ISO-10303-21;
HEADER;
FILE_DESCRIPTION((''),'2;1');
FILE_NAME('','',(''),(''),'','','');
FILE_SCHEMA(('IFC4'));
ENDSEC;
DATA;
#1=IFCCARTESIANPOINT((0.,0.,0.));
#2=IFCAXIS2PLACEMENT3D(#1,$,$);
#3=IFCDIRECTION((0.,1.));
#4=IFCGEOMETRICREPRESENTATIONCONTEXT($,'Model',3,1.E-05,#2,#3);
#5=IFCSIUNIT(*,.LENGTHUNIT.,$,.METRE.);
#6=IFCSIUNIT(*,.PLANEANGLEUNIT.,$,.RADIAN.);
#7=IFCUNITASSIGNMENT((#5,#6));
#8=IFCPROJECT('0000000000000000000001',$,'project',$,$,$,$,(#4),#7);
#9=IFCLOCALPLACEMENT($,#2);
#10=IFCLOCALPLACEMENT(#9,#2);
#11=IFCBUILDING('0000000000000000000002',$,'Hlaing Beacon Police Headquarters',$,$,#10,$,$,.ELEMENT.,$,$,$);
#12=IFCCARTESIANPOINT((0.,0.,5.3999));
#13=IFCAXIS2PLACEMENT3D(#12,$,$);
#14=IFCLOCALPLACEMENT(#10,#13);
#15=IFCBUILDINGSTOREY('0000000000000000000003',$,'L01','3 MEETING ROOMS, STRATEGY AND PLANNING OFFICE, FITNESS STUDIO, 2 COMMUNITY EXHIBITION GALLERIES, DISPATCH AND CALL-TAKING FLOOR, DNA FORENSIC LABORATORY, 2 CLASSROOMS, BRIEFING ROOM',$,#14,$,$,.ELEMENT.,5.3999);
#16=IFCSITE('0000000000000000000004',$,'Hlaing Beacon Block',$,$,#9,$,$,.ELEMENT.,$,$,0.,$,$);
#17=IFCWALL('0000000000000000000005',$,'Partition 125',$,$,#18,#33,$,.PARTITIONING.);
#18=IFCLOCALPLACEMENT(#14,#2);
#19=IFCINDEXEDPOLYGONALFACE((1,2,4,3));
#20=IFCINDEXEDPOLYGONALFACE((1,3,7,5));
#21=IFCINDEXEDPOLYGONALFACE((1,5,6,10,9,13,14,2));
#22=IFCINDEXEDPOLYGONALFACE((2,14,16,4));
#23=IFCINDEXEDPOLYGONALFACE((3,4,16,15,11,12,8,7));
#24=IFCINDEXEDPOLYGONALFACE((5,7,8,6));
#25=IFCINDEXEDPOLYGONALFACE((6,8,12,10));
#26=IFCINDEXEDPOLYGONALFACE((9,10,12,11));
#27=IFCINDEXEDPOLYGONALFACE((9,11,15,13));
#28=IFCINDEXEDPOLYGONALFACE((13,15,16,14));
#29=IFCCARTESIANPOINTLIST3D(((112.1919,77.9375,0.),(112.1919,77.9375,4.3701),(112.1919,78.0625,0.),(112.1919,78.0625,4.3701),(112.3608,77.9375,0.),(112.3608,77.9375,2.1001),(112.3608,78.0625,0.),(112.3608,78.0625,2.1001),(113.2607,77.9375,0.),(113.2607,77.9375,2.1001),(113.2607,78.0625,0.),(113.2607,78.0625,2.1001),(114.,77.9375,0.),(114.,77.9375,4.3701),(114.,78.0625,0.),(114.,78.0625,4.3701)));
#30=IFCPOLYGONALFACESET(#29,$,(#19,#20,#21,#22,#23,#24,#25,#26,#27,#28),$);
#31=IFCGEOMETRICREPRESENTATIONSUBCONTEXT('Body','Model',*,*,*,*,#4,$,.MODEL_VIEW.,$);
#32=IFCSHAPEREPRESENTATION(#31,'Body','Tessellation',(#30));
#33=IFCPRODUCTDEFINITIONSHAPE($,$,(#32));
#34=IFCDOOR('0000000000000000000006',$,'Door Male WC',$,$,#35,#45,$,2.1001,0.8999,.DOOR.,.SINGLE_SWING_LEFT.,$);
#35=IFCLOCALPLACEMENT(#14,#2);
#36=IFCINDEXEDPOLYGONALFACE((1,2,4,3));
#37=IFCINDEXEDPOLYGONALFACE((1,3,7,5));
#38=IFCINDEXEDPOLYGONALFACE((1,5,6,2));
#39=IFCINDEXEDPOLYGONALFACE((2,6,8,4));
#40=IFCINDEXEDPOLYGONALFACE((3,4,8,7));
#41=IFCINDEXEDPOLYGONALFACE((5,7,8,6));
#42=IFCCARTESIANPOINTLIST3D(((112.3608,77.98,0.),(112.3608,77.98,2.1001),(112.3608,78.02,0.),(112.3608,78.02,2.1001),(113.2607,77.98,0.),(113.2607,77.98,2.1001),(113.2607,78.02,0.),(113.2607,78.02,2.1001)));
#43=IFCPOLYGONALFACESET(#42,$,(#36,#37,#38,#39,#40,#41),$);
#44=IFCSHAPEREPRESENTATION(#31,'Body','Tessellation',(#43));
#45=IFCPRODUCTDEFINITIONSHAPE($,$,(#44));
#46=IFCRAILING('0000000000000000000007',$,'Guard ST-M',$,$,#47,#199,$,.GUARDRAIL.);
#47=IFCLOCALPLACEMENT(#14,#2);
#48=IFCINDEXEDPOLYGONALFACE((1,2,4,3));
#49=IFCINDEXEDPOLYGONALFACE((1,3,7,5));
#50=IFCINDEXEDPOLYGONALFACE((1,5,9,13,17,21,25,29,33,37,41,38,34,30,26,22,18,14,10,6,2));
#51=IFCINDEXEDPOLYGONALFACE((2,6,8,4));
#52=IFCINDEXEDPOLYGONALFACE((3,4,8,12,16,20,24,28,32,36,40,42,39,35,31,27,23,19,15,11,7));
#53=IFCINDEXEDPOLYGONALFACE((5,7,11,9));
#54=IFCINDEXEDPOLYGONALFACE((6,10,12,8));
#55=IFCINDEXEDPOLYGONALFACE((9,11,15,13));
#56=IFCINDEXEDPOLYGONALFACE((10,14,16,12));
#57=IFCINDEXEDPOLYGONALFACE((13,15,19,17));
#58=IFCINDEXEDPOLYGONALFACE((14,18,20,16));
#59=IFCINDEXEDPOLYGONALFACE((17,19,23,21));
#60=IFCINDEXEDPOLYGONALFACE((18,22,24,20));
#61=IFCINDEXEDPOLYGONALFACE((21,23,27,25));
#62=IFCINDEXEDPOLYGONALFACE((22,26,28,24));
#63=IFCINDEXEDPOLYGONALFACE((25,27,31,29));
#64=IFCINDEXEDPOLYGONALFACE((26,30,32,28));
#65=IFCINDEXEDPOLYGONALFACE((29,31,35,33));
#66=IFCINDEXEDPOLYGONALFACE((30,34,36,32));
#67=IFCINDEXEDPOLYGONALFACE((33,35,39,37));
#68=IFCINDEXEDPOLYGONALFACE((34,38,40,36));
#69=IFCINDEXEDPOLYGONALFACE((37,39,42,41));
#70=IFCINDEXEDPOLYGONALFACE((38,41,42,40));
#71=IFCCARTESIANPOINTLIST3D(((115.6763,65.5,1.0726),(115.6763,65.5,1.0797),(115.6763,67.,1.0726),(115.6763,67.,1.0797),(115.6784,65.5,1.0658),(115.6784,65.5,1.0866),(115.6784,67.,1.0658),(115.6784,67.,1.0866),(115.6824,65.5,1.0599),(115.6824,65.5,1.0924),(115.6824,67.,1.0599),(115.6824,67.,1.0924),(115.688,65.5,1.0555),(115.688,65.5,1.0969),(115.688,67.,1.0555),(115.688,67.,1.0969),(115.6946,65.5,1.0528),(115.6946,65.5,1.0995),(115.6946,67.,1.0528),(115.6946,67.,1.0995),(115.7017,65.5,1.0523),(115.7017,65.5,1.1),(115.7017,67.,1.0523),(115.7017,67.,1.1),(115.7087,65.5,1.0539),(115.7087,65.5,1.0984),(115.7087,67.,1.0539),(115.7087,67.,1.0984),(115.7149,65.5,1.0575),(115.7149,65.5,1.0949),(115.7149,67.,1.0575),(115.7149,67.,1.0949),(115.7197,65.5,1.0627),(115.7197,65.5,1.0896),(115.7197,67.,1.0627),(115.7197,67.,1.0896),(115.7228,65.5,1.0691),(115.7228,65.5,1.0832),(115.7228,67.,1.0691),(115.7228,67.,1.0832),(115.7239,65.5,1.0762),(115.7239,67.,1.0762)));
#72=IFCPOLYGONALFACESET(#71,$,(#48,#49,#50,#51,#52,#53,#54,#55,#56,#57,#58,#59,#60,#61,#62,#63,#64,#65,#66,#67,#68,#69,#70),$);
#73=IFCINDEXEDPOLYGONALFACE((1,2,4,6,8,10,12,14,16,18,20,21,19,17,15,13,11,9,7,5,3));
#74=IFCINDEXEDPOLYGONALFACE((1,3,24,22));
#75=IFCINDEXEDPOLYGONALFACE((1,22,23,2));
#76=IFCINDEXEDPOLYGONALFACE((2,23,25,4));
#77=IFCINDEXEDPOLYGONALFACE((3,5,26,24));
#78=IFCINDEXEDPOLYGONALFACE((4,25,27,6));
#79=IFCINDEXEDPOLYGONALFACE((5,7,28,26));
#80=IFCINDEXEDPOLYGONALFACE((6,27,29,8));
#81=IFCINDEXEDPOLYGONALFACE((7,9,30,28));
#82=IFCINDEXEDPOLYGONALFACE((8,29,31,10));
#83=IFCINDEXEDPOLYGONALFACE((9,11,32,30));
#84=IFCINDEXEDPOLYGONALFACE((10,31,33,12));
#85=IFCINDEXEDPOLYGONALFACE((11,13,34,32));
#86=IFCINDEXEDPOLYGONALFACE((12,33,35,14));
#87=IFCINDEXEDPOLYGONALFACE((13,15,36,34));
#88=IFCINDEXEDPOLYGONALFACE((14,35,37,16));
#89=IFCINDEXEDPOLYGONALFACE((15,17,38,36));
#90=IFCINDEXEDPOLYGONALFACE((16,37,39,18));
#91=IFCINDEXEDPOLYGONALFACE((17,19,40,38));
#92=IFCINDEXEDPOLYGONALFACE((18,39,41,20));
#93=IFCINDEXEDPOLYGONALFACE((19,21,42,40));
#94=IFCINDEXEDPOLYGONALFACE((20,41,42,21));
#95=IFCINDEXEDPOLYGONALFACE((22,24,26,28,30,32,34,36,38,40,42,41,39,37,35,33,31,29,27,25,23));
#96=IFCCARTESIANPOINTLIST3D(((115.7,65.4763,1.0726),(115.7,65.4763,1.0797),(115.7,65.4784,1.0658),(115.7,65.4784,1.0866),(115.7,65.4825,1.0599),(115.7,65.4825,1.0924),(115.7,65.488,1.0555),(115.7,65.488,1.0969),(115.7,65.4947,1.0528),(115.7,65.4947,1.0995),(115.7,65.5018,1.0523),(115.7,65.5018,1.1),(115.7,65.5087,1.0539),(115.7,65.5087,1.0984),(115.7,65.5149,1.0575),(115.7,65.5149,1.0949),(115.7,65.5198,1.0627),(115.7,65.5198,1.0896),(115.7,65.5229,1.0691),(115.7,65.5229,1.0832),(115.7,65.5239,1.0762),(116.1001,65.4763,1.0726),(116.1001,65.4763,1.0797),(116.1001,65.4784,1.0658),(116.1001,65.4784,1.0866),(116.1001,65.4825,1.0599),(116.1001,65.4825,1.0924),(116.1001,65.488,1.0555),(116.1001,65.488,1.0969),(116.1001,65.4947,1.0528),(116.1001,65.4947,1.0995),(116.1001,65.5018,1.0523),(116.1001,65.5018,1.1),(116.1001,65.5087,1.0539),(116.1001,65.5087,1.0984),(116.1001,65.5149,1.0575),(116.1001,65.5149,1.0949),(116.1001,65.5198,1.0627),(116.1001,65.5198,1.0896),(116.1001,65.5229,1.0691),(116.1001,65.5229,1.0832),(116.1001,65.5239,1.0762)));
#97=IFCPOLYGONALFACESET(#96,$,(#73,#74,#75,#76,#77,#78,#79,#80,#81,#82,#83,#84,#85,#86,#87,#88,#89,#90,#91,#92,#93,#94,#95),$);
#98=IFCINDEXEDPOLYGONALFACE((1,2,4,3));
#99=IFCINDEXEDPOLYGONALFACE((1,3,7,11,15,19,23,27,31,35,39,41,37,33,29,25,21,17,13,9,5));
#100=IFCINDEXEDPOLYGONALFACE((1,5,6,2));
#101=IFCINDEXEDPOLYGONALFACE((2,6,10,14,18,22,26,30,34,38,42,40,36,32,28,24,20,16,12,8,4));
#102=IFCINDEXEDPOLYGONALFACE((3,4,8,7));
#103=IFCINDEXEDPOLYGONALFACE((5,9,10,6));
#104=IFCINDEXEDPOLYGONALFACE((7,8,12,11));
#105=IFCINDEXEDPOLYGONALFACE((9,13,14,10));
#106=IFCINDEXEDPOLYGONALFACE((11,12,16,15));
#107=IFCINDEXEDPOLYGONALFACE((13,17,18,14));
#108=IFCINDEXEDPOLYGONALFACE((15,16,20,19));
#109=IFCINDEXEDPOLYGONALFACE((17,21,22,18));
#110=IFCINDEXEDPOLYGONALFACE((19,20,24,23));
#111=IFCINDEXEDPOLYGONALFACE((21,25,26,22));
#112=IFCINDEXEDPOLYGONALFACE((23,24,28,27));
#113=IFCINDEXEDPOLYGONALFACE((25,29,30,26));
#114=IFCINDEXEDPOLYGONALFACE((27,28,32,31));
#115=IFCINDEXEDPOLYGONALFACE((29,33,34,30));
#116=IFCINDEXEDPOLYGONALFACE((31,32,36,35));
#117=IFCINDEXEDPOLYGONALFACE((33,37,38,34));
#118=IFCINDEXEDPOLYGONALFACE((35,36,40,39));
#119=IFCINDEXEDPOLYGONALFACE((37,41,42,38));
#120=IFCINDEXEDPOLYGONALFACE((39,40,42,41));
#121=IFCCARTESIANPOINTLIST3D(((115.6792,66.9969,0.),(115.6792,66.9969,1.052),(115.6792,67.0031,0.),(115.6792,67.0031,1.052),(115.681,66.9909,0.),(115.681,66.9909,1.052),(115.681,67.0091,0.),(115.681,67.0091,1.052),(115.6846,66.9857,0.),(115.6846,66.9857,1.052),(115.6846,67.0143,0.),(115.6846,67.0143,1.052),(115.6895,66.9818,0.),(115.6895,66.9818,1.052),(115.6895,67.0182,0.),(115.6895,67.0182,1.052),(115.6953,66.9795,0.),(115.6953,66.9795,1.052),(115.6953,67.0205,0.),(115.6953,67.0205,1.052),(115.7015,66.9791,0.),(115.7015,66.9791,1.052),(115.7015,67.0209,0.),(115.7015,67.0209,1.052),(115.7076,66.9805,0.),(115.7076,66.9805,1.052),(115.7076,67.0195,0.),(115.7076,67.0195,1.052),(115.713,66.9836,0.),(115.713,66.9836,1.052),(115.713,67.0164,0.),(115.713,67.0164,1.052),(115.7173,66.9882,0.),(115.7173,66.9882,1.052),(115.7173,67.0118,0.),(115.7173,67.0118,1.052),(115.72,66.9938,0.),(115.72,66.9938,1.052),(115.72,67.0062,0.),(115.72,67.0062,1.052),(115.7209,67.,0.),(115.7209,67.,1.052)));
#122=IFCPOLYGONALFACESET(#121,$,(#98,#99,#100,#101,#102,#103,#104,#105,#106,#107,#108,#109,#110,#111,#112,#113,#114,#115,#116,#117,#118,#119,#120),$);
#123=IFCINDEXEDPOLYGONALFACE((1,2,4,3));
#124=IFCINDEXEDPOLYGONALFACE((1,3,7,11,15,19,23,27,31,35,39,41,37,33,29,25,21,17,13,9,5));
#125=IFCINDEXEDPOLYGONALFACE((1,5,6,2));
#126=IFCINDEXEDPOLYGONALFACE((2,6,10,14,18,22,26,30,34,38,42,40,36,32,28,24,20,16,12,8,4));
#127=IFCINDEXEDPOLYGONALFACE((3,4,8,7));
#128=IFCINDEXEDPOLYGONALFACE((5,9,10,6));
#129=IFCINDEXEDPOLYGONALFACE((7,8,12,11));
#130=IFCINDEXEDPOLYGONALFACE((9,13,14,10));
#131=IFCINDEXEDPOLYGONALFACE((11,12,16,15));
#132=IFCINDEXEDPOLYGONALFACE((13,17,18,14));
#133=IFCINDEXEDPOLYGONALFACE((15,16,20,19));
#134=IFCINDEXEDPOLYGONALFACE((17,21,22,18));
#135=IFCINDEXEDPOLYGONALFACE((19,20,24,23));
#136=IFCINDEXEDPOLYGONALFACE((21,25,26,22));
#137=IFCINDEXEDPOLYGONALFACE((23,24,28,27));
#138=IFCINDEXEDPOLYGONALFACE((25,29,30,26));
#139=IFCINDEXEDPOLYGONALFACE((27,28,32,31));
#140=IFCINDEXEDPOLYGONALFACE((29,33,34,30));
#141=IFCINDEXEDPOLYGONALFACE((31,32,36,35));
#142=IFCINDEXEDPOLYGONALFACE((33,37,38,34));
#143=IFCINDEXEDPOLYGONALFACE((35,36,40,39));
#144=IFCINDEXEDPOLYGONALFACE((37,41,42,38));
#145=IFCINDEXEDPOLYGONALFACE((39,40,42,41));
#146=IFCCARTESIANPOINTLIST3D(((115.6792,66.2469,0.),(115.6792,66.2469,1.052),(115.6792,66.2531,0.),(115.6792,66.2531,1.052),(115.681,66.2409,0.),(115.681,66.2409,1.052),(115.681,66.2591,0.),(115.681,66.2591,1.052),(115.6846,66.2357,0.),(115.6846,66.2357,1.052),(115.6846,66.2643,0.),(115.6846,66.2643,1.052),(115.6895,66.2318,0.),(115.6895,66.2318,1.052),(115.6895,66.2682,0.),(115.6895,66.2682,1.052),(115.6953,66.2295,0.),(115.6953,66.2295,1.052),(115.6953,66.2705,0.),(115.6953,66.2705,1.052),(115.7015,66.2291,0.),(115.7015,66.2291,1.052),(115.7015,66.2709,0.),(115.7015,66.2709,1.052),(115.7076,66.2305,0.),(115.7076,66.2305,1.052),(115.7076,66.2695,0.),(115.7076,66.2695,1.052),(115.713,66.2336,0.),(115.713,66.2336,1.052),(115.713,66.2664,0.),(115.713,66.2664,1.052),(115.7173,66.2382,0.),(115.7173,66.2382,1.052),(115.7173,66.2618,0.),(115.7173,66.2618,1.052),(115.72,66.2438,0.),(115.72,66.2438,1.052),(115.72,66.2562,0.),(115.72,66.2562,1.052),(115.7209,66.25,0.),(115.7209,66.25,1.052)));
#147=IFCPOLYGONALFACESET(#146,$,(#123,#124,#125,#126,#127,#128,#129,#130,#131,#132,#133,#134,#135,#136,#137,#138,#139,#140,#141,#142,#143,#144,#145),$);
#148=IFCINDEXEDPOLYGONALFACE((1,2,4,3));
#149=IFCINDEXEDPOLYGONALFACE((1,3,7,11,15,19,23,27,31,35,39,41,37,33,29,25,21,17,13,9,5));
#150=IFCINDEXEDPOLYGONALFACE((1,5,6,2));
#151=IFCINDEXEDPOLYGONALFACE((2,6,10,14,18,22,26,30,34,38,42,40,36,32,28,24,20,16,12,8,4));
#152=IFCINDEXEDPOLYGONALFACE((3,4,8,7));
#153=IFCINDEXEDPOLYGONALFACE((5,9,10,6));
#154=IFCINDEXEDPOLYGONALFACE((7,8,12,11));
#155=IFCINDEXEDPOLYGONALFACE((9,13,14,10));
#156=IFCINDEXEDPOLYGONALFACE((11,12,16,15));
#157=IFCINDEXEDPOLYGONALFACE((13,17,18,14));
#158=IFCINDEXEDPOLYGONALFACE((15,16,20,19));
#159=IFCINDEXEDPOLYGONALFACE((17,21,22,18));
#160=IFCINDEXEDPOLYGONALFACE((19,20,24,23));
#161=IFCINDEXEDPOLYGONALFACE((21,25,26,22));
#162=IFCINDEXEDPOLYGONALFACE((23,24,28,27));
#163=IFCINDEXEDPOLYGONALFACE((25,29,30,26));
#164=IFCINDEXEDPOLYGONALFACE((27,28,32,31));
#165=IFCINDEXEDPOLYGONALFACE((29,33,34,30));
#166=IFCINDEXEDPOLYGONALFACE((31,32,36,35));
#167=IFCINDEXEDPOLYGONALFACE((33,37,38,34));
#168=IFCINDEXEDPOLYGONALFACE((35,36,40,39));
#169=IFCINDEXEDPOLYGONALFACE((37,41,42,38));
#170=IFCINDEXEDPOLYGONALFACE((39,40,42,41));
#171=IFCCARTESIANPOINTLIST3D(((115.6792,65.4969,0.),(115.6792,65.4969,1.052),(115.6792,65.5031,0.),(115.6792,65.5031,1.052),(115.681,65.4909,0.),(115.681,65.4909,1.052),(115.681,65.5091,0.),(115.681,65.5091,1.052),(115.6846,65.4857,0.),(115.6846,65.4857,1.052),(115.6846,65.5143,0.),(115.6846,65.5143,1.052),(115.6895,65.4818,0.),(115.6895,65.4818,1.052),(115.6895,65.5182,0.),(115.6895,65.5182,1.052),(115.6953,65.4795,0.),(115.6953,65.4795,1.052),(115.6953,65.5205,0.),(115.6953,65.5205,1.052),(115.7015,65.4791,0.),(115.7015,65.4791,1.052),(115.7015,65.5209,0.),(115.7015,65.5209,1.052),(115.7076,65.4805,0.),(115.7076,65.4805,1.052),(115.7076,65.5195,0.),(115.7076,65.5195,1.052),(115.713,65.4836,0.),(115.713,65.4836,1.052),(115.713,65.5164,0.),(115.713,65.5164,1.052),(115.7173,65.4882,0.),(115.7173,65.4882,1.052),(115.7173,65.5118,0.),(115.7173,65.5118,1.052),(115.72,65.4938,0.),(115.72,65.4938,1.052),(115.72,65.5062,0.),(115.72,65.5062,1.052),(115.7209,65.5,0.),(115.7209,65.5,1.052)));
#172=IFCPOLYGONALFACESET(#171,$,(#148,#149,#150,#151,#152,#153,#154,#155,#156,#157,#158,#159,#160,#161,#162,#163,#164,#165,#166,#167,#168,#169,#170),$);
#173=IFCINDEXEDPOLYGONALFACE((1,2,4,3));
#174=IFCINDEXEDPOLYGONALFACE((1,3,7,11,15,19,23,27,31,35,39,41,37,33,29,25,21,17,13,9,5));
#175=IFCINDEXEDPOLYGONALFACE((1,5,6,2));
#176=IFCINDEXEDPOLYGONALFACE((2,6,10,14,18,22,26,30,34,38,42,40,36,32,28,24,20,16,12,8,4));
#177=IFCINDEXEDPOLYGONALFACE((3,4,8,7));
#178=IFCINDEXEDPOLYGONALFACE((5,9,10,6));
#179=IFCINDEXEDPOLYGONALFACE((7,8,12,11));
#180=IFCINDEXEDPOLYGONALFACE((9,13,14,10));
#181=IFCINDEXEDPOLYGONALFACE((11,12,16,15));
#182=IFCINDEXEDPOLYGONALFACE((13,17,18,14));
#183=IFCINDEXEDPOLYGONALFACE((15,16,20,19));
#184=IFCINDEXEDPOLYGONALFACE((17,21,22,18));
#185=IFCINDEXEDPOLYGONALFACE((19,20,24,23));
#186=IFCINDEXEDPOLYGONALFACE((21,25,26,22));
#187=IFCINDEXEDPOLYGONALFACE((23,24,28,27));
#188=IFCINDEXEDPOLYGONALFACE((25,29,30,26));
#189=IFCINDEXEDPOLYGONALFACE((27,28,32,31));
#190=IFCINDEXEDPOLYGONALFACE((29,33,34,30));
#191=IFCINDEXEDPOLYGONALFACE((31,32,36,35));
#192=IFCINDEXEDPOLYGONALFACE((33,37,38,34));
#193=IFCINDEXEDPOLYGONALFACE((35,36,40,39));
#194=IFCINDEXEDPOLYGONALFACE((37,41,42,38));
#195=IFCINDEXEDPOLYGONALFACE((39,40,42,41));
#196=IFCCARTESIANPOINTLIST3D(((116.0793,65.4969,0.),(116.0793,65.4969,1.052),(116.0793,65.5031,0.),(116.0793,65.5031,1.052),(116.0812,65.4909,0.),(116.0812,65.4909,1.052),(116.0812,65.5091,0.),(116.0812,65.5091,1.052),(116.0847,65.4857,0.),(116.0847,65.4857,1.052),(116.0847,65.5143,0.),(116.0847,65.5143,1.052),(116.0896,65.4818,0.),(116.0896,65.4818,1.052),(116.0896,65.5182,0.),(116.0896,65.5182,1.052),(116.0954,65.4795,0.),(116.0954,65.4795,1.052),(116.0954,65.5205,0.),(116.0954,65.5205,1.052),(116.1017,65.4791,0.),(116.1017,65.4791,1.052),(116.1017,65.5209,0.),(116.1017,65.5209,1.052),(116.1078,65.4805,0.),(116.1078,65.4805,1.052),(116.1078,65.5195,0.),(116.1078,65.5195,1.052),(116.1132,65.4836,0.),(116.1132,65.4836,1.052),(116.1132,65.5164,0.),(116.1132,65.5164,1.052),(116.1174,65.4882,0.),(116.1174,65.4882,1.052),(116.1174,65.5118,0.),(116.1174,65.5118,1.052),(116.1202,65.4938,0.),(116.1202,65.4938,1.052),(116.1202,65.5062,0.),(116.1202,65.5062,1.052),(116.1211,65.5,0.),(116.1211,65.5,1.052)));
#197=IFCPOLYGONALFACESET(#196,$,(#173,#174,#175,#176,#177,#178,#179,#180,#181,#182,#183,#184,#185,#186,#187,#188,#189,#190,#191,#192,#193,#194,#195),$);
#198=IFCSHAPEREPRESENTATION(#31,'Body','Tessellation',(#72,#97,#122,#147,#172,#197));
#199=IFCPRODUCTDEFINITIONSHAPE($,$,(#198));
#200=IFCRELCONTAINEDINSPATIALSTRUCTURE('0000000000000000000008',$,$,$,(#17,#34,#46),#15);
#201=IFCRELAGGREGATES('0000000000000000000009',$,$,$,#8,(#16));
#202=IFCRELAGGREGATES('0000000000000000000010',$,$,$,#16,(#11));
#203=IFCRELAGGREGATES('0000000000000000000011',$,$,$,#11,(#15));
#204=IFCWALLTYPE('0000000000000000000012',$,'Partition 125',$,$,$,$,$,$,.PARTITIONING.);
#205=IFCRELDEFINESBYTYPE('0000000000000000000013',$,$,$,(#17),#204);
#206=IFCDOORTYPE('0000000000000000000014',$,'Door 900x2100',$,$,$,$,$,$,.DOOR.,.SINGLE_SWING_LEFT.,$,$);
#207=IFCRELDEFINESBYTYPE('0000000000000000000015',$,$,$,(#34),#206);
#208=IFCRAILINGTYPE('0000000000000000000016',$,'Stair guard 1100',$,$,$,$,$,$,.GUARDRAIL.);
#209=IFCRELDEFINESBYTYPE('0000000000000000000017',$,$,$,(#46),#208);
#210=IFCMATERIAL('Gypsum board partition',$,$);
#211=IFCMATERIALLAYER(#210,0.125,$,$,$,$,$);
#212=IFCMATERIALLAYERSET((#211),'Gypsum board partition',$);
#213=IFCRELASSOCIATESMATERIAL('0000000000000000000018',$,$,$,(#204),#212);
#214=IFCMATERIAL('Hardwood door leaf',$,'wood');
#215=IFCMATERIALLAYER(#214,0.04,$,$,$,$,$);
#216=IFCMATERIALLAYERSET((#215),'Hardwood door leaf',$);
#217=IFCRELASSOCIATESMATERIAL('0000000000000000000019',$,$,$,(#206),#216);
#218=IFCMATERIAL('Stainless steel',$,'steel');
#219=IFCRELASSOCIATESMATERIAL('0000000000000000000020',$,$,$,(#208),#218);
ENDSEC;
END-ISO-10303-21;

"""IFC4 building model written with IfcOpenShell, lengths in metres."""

from ifc_helpers import new_model, si_unit, direction, frame, frame_2d, origin, origin_2d, place, context, subcontext, project, spatial, rectangle, circle, extrude, material, layer, layer_set, type_object, element, fill, save


model = new_model("IFC4")

# Units and contexts
model_context = context("Model", 3, precision=1e-05, world=origin(), true_north=direction((0.0, 1.0)))
body_context = subcontext(model_context, "Body", "Model", "MODEL_VIEW")
ifc_project = project(units=[si_unit("LENGTHUNIT", "METRE"), si_unit("PLANEANGLEUNIT", "RADIAN")], contexts=[model_context])

# Site, building, storey
site_placement = place(None, origin())
site = spatial("IfcSite", under=ifc_project, at=site_placement, Name="Hlaing Beacon Block", CompositionType="ELEMENT", RefElevation=0.0)
building_placement = place(site_placement, origin())
building = spatial("IfcBuilding", under=site, at=building_placement, Name="Hlaing Beacon Police Headquarters", CompositionType="ELEMENT")
storey_placement = place(building_placement, frame((0.0, 0.0, 5.3999)))
storey = spatial("IfcBuildingStorey", under=building, at=storey_placement, Name="L01", Description="3 MEETING ROOMS, STRATEGY AND PLANNING OFFICE, FITNESS STUDIO, 2 COMMUNITY EXHIBITION GALLERIES, DISPATCH AND CALL-TAKING FLOOR, DNA FORENSIC LABORATORY, 2 CLASSROOMS, BRIEFING ROOM", CompositionType="ELEMENT", Elevation=5.3999)

# Shared definitions
ifc_material_1 = material(Name="Gypsum board partition")
ifc_layer_1 = layer(ifc_material_1, 0.125)
ifc_layer_set_1 = layer_set([ifc_layer_1], Name="Gypsum board partition")
wall_type_1 = type_object("IfcWallType", Name="Partition 125", PredefinedType="PARTITIONING", material=ifc_layer_set_1)

# Shared definitions
ifc_material_2 = material(Name="Hardwood door leaf", Category="wood")
ifc_layer_2 = layer(ifc_material_2, 0.04)
ifc_layer_set_2 = layer_set([ifc_layer_2], Name="Hardwood door leaf")
door_type = type_object("IfcDoorType", Name="Door 900x2100", OperationType="SINGLE_SWING_LEFT", PredefinedType="DOOR", material=ifc_layer_set_2)

# Wall, opening, door
wall_1_placement = place(storey_placement, frame((112.1919, 78.0, 0.0), z_axis=(0.0, 0.0, 1.0), x_axis=(1.0, 0.0, 0.0)))
wall_1 = element("IfcWall", 1, at=wall_1_placement, inside=storey, type_object=wall_type_1, Name="Partition 125", PredefinedType="PARTITIONING", context=body_context, shape_type="SweptSolid", body=[
    extrude(rectangle(XDim=1.8081, YDim=0.125, at=frame_2d((0.9041, 0.0))), origin(), (0.0, 0.0, 1.0), 4.3701),
])
opening_1_placement = place(wall_1_placement, frame((0.1689, 0.0, 0.0)))
opening_1 = element("IfcOpeningElement", 2, at=opening_1_placement, cuts=wall_1, PredefinedType="OPENING", context=body_context, shape_type="SweptSolid", body=[
    extrude(rectangle(XDim=0.8999, YDim=2.1001, at=frame_2d((0.45, 1.05))), frame((0.0, 0.0725, 0.0), z_axis=(0.0, -1.0, 0.0), x_axis=(1.0, 0.0, 0.0)), (0.0, 0.0, 1.0), 0.145),
])
door_1_placement = place(opening_1_placement, origin())
door_1 = element("IfcDoor", 3, at=door_1_placement, inside=storey, type_object=door_type, Name="Door Male WC", OperationType="SINGLE_SWING_LEFT", OverallHeight=2.1001, OverallWidth=0.8999, PredefinedType="DOOR", context=body_context, shape_type="SweptSolid", body=[
    extrude(rectangle(XDim=0.8999, YDim=2.1001, at=frame_2d((0.45, 1.05))), frame((0.0, 0.02, 0.0), z_axis=(0.0, -1.0, 0.0), x_axis=(1.0, 0.0, 0.0)), (0.0, 0.0, 1.0), 0.04),
])
fill(opening_1, door_1)

# Railing
ifc_material_3 = material(Name="Stainless steel", Category="steel")
railing_type = type_object("IfcRailingType", Name="Stair guard 1100", PredefinedType="GUARDRAIL", material=ifc_material_3)
railing_placement = place(storey_placement, frame((115.7, 67.0, 0.0)))
element("IfcRailing", 4, at=railing_placement, inside=storey, type_object=railing_type, Name="Guard ST-M", PredefinedType="GUARDRAIL", context=body_context, shape_type="SweptSolid", body=[
    extrude(circle(Radius=0.0239, at=origin_2d()), frame((0.0, 0.0, 1.0762), z_axis=(0.0, -1.0, 0.0), x_axis=(1.0, 0.0, 0.0)), (0.0, 0.0, 1.0), 1.5),
    extrude(circle(Radius=0.0239, at=origin_2d()), frame((0.0, -1.5, 1.0762), z_axis=(1.0, 0.0, 0.0), x_axis=(0.0, 1.0, 0.0)), (0.0, 0.0, 1.0), 0.4001),
    extrude(circle(Radius=0.021, at=origin_2d()), origin(), (0.0, 0.0, 1.0), 1.052),
    extrude(circle(Radius=0.021, at=origin_2d()), frame((0.0, -0.75, 0.0)), (0.0, 0.0, 1.0), 1.052),
    extrude(circle(Radius=0.021, at=origin_2d()), frame((0.0, -1.5, 0.0)), (0.0, 0.0, 1.0), 1.052),
    extrude(circle(Radius=0.021, at=origin_2d()), frame((0.4001, -1.5, 0.0)), (0.0, 0.0, 1.0), 1.052),
])

save(model, "model.ifc")
